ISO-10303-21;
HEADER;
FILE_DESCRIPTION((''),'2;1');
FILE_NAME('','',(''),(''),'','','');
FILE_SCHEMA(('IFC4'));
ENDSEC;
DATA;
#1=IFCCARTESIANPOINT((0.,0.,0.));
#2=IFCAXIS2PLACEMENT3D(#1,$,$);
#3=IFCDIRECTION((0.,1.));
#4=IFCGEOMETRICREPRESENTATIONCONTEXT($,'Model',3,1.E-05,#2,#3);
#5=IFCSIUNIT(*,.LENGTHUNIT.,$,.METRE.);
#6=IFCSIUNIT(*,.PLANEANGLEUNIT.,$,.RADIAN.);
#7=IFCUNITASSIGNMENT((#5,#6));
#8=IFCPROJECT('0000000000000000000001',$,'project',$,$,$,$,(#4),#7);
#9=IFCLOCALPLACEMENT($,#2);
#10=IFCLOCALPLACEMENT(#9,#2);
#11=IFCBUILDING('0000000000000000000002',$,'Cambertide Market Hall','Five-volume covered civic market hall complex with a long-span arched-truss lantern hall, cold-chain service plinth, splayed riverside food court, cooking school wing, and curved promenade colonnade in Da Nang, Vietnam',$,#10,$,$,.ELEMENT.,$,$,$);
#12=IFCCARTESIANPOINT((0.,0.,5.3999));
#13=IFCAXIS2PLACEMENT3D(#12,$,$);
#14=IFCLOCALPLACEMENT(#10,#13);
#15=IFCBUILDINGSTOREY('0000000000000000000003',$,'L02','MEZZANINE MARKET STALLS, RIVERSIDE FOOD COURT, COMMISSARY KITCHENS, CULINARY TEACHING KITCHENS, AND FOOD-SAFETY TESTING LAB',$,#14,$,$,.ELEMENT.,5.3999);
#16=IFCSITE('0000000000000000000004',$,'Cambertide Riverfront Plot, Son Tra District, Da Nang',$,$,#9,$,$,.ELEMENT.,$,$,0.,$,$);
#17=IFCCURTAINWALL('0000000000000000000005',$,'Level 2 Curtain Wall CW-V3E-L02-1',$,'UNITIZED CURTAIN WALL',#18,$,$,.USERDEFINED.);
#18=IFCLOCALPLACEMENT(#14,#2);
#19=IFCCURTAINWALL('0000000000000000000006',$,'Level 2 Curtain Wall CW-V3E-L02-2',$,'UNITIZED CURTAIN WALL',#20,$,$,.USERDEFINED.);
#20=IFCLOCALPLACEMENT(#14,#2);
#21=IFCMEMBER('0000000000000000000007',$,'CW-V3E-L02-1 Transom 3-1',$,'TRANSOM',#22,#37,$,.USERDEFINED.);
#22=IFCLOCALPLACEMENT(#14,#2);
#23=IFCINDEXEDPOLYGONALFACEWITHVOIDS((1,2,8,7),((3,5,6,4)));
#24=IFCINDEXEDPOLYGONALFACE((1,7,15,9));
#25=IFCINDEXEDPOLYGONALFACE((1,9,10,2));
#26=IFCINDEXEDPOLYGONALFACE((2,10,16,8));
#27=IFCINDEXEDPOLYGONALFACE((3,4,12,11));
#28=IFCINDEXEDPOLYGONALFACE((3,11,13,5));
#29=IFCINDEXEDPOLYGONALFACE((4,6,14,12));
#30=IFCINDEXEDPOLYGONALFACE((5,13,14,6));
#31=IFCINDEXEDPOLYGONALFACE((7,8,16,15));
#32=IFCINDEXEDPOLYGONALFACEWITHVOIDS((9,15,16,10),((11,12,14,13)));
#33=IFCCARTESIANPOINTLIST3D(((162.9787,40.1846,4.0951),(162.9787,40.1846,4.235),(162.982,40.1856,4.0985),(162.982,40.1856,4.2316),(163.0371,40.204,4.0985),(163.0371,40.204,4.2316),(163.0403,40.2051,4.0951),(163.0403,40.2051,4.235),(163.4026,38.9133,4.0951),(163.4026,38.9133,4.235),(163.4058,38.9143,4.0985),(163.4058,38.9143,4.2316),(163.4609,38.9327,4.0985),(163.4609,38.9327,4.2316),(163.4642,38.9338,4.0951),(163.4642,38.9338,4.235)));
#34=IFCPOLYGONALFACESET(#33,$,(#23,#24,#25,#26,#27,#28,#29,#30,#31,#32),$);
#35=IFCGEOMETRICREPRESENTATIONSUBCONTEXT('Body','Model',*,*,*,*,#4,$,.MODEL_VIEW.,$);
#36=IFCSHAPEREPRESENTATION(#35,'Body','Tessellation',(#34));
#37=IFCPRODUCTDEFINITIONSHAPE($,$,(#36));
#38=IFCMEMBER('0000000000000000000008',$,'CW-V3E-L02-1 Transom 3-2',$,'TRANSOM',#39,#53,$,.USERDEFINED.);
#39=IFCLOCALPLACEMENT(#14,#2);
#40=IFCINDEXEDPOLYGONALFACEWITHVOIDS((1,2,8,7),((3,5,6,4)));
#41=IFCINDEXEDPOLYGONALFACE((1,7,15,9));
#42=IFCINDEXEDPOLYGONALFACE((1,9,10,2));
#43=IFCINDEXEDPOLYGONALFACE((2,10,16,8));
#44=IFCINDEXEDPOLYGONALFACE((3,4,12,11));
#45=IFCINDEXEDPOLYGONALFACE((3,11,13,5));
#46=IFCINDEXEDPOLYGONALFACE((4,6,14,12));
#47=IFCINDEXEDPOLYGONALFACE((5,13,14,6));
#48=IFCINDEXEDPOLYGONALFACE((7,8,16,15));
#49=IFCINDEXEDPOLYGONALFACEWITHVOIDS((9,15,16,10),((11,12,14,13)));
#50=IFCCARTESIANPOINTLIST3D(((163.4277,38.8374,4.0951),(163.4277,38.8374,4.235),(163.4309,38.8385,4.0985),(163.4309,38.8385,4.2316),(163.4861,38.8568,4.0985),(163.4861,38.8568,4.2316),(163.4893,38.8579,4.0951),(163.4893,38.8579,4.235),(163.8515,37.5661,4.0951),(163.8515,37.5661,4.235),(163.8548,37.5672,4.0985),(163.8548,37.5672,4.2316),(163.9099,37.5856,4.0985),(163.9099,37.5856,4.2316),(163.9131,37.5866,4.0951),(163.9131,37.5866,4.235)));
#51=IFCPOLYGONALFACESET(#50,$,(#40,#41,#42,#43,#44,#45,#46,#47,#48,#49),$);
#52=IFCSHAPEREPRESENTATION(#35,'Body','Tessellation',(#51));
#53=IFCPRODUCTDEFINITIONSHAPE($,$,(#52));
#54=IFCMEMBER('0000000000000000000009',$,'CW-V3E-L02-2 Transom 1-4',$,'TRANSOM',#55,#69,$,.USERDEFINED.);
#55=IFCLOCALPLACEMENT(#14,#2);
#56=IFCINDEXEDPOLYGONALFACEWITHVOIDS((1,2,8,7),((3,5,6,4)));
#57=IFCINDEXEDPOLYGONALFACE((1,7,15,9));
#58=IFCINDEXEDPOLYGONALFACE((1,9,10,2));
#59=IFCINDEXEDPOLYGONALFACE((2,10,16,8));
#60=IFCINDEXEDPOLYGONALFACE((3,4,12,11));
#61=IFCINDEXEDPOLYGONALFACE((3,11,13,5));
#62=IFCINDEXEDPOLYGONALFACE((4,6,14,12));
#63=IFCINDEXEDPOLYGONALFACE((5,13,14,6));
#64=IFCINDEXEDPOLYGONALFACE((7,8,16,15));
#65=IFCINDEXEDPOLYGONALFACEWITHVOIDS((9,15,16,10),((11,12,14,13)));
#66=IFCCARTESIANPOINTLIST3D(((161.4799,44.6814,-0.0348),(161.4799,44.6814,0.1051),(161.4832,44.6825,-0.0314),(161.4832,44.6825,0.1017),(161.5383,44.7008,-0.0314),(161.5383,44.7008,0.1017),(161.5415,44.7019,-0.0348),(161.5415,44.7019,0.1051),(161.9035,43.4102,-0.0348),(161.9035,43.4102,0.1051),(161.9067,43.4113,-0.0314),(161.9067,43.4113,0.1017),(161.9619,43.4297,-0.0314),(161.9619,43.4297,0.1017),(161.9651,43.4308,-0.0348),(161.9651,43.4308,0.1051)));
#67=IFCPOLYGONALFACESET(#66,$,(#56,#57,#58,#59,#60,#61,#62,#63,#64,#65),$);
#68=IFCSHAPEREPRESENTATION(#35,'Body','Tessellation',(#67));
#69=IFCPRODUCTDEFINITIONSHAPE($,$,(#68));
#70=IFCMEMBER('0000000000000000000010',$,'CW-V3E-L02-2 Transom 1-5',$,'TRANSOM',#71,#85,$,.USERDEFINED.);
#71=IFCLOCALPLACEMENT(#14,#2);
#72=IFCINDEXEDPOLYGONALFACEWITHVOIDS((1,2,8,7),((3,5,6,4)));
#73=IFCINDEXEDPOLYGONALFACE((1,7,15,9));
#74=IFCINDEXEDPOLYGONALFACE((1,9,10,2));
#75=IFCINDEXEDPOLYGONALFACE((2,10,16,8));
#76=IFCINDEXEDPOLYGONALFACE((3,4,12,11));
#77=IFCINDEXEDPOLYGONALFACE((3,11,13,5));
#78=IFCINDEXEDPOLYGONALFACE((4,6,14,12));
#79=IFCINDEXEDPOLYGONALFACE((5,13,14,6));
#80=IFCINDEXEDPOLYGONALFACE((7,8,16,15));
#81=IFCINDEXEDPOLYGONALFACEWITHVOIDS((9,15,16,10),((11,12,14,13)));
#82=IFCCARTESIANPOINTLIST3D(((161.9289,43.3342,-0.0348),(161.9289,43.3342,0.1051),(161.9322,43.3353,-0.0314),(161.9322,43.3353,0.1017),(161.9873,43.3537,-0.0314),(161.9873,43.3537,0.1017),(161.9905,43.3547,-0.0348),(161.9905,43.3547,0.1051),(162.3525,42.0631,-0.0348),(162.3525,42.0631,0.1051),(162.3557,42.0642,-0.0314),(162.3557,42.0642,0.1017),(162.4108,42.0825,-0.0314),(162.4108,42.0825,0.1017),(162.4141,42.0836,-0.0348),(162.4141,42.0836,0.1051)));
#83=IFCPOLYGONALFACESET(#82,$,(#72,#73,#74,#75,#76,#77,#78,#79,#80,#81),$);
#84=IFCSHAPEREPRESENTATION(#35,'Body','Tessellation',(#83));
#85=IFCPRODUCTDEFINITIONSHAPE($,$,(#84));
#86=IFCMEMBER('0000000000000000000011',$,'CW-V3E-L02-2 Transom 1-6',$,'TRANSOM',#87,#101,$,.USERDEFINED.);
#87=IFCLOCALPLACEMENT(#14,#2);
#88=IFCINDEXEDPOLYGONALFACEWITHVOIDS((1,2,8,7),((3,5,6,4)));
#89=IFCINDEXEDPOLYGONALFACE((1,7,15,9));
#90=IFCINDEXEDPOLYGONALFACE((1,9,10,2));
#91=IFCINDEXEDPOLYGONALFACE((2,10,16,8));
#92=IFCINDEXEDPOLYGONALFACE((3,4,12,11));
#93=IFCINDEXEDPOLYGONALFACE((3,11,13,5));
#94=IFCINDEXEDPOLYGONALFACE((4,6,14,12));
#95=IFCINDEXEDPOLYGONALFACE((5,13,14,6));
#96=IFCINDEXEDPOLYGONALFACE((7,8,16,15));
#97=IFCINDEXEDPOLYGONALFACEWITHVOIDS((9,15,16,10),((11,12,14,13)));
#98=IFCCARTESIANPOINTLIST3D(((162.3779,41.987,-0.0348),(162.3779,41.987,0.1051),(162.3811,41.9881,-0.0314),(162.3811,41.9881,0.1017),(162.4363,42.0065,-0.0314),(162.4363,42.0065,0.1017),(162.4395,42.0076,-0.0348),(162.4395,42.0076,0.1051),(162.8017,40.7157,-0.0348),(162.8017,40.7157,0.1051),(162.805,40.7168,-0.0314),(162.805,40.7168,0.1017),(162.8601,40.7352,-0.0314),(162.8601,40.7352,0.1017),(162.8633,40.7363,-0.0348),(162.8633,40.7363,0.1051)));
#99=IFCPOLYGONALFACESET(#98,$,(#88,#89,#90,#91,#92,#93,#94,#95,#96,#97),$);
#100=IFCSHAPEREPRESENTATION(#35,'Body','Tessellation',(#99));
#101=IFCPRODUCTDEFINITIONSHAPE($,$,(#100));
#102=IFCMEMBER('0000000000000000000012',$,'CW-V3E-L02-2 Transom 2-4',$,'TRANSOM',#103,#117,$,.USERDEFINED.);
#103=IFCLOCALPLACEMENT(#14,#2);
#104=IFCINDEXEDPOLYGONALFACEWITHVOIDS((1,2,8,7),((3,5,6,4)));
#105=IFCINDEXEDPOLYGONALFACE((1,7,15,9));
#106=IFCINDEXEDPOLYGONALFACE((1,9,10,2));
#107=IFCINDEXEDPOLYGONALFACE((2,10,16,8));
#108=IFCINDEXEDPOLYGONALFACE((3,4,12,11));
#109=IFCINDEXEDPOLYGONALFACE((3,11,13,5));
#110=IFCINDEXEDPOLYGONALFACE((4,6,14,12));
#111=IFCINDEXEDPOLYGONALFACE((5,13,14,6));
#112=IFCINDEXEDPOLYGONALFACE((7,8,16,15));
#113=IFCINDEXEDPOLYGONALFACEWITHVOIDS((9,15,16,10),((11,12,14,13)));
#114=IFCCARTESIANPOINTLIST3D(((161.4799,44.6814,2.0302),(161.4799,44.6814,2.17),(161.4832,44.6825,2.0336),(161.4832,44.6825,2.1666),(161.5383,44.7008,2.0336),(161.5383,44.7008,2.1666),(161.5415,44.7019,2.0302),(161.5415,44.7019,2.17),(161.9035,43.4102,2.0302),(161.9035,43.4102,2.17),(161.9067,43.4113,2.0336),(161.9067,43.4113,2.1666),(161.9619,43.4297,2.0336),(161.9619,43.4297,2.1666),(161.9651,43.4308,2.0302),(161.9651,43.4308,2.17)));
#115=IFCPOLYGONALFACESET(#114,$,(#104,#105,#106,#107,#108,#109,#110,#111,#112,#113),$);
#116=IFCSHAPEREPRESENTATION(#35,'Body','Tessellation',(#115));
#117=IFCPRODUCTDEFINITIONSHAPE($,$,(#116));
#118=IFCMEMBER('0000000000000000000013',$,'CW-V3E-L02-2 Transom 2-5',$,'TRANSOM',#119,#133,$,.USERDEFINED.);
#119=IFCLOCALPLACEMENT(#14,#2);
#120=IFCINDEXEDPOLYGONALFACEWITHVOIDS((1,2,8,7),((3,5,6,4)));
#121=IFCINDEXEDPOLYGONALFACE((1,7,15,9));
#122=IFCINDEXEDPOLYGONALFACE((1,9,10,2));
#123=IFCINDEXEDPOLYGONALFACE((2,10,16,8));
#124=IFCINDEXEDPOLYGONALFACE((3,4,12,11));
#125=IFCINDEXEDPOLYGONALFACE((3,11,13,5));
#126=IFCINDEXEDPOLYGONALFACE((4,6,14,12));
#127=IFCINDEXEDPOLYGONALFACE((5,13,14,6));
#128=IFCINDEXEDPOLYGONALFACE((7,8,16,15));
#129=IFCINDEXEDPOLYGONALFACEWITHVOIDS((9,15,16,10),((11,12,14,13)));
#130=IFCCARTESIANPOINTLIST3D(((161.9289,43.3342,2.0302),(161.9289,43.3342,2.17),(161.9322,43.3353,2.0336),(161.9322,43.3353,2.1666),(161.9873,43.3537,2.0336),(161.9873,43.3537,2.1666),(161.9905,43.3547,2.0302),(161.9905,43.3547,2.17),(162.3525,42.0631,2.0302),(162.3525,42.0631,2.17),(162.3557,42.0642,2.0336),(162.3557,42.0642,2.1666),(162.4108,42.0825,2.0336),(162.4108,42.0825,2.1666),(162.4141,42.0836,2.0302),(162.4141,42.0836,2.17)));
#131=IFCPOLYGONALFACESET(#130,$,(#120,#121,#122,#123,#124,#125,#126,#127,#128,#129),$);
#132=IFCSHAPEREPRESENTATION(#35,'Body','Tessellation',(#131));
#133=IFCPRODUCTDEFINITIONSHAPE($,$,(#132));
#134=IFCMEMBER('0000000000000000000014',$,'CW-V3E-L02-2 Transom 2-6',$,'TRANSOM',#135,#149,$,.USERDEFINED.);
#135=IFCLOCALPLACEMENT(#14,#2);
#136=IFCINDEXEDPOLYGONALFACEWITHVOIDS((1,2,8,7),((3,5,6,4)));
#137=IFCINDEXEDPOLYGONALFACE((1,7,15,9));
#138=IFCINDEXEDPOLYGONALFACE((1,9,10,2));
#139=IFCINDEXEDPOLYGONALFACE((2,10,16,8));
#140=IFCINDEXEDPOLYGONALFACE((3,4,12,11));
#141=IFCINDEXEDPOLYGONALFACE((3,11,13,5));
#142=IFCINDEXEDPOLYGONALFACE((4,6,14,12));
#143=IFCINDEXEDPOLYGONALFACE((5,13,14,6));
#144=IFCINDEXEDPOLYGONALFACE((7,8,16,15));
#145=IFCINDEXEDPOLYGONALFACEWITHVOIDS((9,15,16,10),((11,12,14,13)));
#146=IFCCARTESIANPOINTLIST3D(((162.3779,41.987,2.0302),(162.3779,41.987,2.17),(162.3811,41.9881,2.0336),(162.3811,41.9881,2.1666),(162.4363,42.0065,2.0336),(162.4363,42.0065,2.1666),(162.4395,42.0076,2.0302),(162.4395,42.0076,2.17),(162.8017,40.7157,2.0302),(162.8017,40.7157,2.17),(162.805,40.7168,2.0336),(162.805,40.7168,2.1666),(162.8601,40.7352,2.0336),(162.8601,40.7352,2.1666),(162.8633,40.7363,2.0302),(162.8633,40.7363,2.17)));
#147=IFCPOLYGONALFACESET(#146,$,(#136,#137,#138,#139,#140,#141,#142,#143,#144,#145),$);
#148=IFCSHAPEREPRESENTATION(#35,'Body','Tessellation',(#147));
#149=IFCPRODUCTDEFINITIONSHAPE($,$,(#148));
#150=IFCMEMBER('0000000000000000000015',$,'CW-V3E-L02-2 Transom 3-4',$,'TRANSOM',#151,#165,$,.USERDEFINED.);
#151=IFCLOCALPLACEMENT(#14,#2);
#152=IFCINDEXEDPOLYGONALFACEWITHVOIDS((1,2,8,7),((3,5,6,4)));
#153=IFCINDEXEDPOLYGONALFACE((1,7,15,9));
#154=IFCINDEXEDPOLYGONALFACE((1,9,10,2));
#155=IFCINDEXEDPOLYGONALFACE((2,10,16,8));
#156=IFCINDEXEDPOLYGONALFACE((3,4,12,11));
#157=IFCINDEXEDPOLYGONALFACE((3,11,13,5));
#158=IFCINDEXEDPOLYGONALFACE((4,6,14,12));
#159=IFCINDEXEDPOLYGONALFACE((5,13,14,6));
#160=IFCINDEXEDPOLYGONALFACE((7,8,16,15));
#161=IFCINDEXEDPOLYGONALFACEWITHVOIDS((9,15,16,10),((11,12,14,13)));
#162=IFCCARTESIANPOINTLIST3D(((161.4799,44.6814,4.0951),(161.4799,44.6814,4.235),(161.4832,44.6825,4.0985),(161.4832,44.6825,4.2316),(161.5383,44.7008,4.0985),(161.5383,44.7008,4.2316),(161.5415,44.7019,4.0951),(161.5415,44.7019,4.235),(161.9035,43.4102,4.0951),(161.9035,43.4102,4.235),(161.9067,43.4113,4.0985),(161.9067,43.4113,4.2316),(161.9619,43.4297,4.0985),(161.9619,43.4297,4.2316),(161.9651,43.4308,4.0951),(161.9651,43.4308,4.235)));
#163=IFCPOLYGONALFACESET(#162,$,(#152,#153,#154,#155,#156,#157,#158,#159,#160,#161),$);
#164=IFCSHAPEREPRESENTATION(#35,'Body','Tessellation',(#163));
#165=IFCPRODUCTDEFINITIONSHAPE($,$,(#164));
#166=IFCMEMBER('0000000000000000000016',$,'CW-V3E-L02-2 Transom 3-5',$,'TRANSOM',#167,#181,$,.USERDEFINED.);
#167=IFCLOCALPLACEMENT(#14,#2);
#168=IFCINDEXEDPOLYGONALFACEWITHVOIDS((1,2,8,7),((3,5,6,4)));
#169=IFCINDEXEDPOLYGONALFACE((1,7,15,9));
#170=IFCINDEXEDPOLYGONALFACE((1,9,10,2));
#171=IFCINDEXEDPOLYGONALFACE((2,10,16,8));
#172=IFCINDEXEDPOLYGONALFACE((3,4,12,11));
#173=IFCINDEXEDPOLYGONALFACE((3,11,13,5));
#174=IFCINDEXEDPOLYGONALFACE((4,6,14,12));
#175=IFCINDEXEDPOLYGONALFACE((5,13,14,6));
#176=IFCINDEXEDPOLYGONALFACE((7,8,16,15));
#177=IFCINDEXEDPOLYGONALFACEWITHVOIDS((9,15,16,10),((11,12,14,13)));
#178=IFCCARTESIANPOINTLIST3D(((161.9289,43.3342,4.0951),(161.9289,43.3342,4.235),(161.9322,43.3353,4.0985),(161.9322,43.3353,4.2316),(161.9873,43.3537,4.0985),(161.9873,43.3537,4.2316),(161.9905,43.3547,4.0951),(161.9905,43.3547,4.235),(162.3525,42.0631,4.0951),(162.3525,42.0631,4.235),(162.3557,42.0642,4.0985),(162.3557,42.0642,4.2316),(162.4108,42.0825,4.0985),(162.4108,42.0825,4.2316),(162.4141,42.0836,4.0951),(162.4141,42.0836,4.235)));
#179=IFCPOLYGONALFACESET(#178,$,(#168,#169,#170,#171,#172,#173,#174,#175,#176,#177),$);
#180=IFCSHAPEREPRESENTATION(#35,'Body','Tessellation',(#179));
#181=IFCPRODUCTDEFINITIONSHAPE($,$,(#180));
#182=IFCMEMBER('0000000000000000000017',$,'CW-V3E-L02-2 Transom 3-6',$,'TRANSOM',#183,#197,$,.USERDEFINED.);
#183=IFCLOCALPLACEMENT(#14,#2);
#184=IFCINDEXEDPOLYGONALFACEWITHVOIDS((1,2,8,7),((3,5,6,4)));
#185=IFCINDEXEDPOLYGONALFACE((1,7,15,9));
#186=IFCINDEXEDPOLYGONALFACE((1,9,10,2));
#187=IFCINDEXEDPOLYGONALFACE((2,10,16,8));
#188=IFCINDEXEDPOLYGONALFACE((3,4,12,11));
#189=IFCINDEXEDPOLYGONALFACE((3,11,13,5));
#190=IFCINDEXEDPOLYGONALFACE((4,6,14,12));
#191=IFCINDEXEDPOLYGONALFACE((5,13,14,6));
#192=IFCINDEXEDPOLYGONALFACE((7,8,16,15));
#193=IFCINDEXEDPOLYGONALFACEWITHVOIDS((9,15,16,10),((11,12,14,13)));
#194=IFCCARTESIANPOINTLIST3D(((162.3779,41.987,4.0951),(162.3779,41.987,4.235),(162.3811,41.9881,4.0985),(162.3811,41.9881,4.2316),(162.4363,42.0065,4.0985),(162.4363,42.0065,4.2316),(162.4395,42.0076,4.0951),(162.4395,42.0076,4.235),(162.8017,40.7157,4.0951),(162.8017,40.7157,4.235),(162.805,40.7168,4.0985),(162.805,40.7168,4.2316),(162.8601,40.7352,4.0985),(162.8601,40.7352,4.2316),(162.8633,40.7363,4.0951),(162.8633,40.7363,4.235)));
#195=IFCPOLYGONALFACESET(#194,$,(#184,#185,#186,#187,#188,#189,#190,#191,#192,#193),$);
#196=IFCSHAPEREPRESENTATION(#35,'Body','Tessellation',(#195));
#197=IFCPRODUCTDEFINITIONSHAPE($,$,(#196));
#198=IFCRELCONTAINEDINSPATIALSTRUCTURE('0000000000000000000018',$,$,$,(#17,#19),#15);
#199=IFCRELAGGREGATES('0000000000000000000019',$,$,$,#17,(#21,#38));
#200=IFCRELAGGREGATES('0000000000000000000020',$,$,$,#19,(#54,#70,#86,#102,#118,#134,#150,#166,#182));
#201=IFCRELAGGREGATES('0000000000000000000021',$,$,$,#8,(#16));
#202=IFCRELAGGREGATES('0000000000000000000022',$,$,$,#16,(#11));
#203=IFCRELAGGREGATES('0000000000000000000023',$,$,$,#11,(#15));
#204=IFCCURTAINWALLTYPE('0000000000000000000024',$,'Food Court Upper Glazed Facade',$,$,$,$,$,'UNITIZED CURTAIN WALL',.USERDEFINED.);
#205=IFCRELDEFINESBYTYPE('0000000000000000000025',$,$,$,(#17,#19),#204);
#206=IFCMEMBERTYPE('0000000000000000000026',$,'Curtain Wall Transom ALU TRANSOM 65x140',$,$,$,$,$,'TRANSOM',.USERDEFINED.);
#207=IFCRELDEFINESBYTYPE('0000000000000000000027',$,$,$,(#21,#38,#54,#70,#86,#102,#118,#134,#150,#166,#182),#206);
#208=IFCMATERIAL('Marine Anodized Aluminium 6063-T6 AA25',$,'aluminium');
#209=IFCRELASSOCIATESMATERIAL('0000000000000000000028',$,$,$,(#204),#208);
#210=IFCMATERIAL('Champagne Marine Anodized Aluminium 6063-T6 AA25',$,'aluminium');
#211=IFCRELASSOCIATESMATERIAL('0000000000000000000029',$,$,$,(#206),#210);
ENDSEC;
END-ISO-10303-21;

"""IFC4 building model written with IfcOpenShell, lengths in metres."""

from ifc_helpers import new_model, si_unit, direction, frame, origin, origin_2d, place, context, subcontext, project, spatial, hollow_rectangle, extrude, material, material_profile, profile_set, type_object, element, aggregate, save


model = new_model("IFC4")

# Units and contexts
model_context = context("Model", 3, precision=1e-05, world=origin(), true_north=direction((0.0, 1.0)))
body_context = subcontext(model_context, "Body", "Model", "MODEL_VIEW")
ifc_project = project(units=[si_unit("LENGTHUNIT", "METRE"), si_unit("PLANEANGLEUNIT", "RADIAN")], contexts=[model_context])

# Site, building, storey
site_placement = place(None, origin())
site = spatial("IfcSite", under=ifc_project, at=site_placement, Name="Cambertide Riverfront Plot, Son Tra District, Da Nang", CompositionType="ELEMENT", RefElevation=0.0)
building_placement = place(site_placement, origin())
building = spatial("IfcBuilding", under=site, at=building_placement, Name="Cambertide Market Hall", Description="Five-volume covered civic market hall complex with a long-span arched-truss lantern hall, cold-chain service plinth, splayed riverside food court, cooking school wing, and curved promenade colonnade in Da Nang, Vietnam", CompositionType="ELEMENT")
storey_placement = place(building_placement, frame((0.0, 0.0, 5.3999)))
storey = spatial("IfcBuildingStorey", under=building, at=storey_placement, Name="L02", Description="MEZZANINE MARKET STALLS, RIVERSIDE FOOD COURT, COMMISSARY KITCHENS, CULINARY TEACHING KITCHENS, AND FOOD-SAFETY TESTING LAB", CompositionType="ELEMENT", Elevation=5.3999)

# Curtain walls
ifc_material_1 = material(Name="Marine Anodized Aluminium 6063-T6 AA25", Category="aluminium")
curtain_wall_type = type_object("IfcCurtainWallType", Name="Food Court Upper Glazed Facade", ElementType="UNITIZED CURTAIN WALL", PredefinedType="USERDEFINED", material=ifc_material_1)
curtain_wall_1_placement = place(storey_placement, origin())
curtain_wall_1 = element("IfcCurtainWall", 1, at=curtain_wall_1_placement, inside=storey, type_object=curtain_wall_type, Name="Level 2 Curtain Wall CW-V3E-L02-1", ObjectType="UNITIZED CURTAIN WALL", PredefinedType="USERDEFINED")
curtain_wall_2_placement = place(storey_placement, origin())
curtain_wall_2 = element("IfcCurtainWall", 2, at=curtain_wall_2_placement, inside=storey, type_object=curtain_wall_type, Name="Level 2 Curtain Wall CW-V3E-L02-2", ObjectType="UNITIZED CURTAIN WALL", PredefinedType="USERDEFINED")

# Members
ifc_material_2 = material(Name="Champagne Marine Anodized Aluminium 6063-T6 AA25", Category="aluminium")
ifc_material_profile_1 = material_profile(ifc_material_2, hollow_rectangle(XDim=0.0649, YDim=0.1399, WallThickness=0.0034, at=origin_2d()), Name="ALU TRANSOM 65x140")
ifc_profile_set_1 = profile_set([ifc_material_profile_1], Name="Champagne Marine Anodized Aluminium 6063-T6 AA25")
member_type_1 = type_object("IfcMemberType", Name="Curtain Wall Transom ALU TRANSOM 65x140", ElementType="TRANSOM", PredefinedType="USERDEFINED", material=ifc_profile_set_1)
member_1_placement = place(storey_placement, frame((163.0095, 40.1948, 4.165), z_axis=(0.316282, -0.948665, 0.0), x_axis=(0.948665, 0.316282, 0.0)))
member_1 = element("IfcMember", 3, at=member_1_placement, type_object=member_type_1, Name="CW-V3E-L02-1 Transom 3-1", ObjectType="TRANSOM", PredefinedType="USERDEFINED", context=body_context, shape_type="SweptSolid", body=[
    extrude(hollow_rectangle(XDim=0.0649, YDim=0.1399, WallThickness=0.0034, at=origin_2d()), origin(), (0.0, 0.0, 1.0), 1.3401),
])
member_2_placement = place(storey_placement, frame((163.4585, 38.8477, 4.165), z_axis=(0.316282, -0.948665, 0.0), x_axis=(0.948665, 0.316282, 0.0)))
member_2 = element("IfcMember", 4, at=member_2_placement, type_object=member_type_1, Name="CW-V3E-L02-1 Transom 3-2", ObjectType="TRANSOM", PredefinedType="USERDEFINED", context=body_context, shape_type="SweptSolid", body=[
    extrude(hollow_rectangle(XDim=0.0649, YDim=0.1399, WallThickness=0.0034, at=origin_2d()), origin(), (0.0, 0.0, 1.0), 1.3401),
])
member_3_placement = place(storey_placement, frame((161.5107, 44.6917, 0.0352), z_axis=(0.316118, -0.94872, 0.0), x_axis=(0.94872, 0.316118, 0.0)))
member_3 = element("IfcMember", 5, at=member_3_placement, type_object=member_type_1, Name="CW-V3E-L02-2 Transom 1-4", ObjectType="TRANSOM", PredefinedType="USERDEFINED", context=body_context, shape_type="SweptSolid", body=[
    extrude(hollow_rectangle(XDim=0.0649, YDim=0.1399, WallThickness=0.0034, at=origin_2d()), origin(), (0.0, 0.0, 1.0), 1.3398),
])
member_4_placement = place(storey_placement, frame((161.9597, 43.3445, 0.0352), z_axis=(0.316118, -0.94872, 0.0), x_axis=(0.94872, 0.316118, 0.0)))
member_4 = element("IfcMember", 6, at=member_4_placement, type_object=member_type_1, Name="CW-V3E-L02-2 Transom 1-5", ObjectType="TRANSOM", PredefinedType="USERDEFINED", context=body_context, shape_type="SweptSolid", body=[
    extrude(hollow_rectangle(XDim=0.0649, YDim=0.1399, WallThickness=0.0034, at=origin_2d()), origin(), (0.0, 0.0, 1.0), 1.3398),
])
member_5_placement = place(storey_placement, frame((162.4087, 41.9973, 0.0352), z_axis=(0.316282, -0.948665, 0.0), x_axis=(0.948665, 0.316282, 0.0)))
member_5 = element("IfcMember", 7, at=member_5_placement, type_object=member_type_1, Name="CW-V3E-L02-2 Transom 1-6", ObjectType="TRANSOM", PredefinedType="USERDEFINED", context=body_context, shape_type="SweptSolid", body=[
    extrude(hollow_rectangle(XDim=0.0649, YDim=0.1399, WallThickness=0.0034, at=origin_2d()), origin(), (0.0, 0.0, 1.0), 1.3401),
])
member_6_placement = place(storey_placement, frame((161.5107, 44.6917, 2.1001), z_axis=(0.316118, -0.94872, 0.0), x_axis=(0.94872, 0.316118, 0.0)))
member_6 = element("IfcMember", 8, at=member_6_placement, type_object=member_type_1, Name="CW-V3E-L02-2 Transom 2-4", ObjectType="TRANSOM", PredefinedType="USERDEFINED", context=body_context, shape_type="SweptSolid", body=[
    extrude(hollow_rectangle(XDim=0.0649, YDim=0.1399, WallThickness=0.0034, at=origin_2d()), origin(), (0.0, 0.0, 1.0), 1.3398),
])
member_7_placement = place(storey_placement, frame((161.9597, 43.3445, 2.1001), z_axis=(0.316118, -0.94872, 0.0), x_axis=(0.94872, 0.316118, 0.0)))
member_7 = element("IfcMember", 9, at=member_7_placement, type_object=member_type_1, Name="CW-V3E-L02-2 Transom 2-5", ObjectType="TRANSOM", PredefinedType="USERDEFINED", context=body_context, shape_type="SweptSolid", body=[
    extrude(hollow_rectangle(XDim=0.0649, YDim=0.1399, WallThickness=0.0034, at=origin_2d()), origin(), (0.0, 0.0, 1.0), 1.3398),
])
member_8_placement = place(storey_placement, frame((162.4087, 41.9973, 2.1001), z_axis=(0.316282, -0.948665, 0.0), x_axis=(0.948665, 0.316282, 0.0)))
member_8 = element("IfcMember", 10, at=member_8_placement, type_object=member_type_1, Name="CW-V3E-L02-2 Transom 2-6", ObjectType="TRANSOM", PredefinedType="USERDEFINED", context=body_context, shape_type="SweptSolid", body=[
    extrude(hollow_rectangle(XDim=0.0649, YDim=0.1399, WallThickness=0.0034, at=origin_2d()), origin(), (0.0, 0.0, 1.0), 1.3401),
])
member_9_placement = place(storey_placement, frame((161.5107, 44.6917, 4.165), z_axis=(0.316118, -0.94872, 0.0), x_axis=(0.94872, 0.316118, 0.0)))
member_9 = element("IfcMember", 11, at=member_9_placement, type_object=member_type_1, Name="CW-V3E-L02-2 Transom 3-4", ObjectType="TRANSOM", PredefinedType="USERDEFINED", context=body_context, shape_type="SweptSolid", body=[
    extrude(hollow_rectangle(XDim=0.0649, YDim=0.1399, WallThickness=0.0034, at=origin_2d()), origin(), (0.0, 0.0, 1.0), 1.3398),
])
member_10_placement = place(storey_placement, frame((161.9597, 43.3445, 4.165), z_axis=(0.316118, -0.94872, 0.0), x_axis=(0.94872, 0.316118, 0.0)))
member_10 = element("IfcMember", 12, at=member_10_placement, type_object=member_type_1, Name="CW-V3E-L02-2 Transom 3-5", ObjectType="TRANSOM", PredefinedType="USERDEFINED", context=body_context, shape_type="SweptSolid", body=[
    extrude(hollow_rectangle(XDim=0.0649, YDim=0.1399, WallThickness=0.0034, at=origin_2d()), origin(), (0.0, 0.0, 1.0), 1.3398),
])
member_11_placement = place(storey_placement, frame((162.4087, 41.9973, 4.165), z_axis=(0.316282, -0.948665, 0.0), x_axis=(0.948665, 0.316282, 0.0)))
member_11 = element("IfcMember", 13, at=member_11_placement, type_object=member_type_1, Name="CW-V3E-L02-2 Transom 3-6", ObjectType="TRANSOM", PredefinedType="USERDEFINED", context=body_context, shape_type="SweptSolid", body=[
    extrude(hollow_rectangle(XDim=0.0649, YDim=0.1399, WallThickness=0.0034, at=origin_2d()), origin(), (0.0, 0.0, 1.0), 1.3401),
])

aggregate(curtain_wall_1, [member_1, member_2])
aggregate(curtain_wall_2, [member_3, member_4, member_5, member_6, member_7, member_8, member_9, member_10, member_11])

save(model, "model.ifc")
